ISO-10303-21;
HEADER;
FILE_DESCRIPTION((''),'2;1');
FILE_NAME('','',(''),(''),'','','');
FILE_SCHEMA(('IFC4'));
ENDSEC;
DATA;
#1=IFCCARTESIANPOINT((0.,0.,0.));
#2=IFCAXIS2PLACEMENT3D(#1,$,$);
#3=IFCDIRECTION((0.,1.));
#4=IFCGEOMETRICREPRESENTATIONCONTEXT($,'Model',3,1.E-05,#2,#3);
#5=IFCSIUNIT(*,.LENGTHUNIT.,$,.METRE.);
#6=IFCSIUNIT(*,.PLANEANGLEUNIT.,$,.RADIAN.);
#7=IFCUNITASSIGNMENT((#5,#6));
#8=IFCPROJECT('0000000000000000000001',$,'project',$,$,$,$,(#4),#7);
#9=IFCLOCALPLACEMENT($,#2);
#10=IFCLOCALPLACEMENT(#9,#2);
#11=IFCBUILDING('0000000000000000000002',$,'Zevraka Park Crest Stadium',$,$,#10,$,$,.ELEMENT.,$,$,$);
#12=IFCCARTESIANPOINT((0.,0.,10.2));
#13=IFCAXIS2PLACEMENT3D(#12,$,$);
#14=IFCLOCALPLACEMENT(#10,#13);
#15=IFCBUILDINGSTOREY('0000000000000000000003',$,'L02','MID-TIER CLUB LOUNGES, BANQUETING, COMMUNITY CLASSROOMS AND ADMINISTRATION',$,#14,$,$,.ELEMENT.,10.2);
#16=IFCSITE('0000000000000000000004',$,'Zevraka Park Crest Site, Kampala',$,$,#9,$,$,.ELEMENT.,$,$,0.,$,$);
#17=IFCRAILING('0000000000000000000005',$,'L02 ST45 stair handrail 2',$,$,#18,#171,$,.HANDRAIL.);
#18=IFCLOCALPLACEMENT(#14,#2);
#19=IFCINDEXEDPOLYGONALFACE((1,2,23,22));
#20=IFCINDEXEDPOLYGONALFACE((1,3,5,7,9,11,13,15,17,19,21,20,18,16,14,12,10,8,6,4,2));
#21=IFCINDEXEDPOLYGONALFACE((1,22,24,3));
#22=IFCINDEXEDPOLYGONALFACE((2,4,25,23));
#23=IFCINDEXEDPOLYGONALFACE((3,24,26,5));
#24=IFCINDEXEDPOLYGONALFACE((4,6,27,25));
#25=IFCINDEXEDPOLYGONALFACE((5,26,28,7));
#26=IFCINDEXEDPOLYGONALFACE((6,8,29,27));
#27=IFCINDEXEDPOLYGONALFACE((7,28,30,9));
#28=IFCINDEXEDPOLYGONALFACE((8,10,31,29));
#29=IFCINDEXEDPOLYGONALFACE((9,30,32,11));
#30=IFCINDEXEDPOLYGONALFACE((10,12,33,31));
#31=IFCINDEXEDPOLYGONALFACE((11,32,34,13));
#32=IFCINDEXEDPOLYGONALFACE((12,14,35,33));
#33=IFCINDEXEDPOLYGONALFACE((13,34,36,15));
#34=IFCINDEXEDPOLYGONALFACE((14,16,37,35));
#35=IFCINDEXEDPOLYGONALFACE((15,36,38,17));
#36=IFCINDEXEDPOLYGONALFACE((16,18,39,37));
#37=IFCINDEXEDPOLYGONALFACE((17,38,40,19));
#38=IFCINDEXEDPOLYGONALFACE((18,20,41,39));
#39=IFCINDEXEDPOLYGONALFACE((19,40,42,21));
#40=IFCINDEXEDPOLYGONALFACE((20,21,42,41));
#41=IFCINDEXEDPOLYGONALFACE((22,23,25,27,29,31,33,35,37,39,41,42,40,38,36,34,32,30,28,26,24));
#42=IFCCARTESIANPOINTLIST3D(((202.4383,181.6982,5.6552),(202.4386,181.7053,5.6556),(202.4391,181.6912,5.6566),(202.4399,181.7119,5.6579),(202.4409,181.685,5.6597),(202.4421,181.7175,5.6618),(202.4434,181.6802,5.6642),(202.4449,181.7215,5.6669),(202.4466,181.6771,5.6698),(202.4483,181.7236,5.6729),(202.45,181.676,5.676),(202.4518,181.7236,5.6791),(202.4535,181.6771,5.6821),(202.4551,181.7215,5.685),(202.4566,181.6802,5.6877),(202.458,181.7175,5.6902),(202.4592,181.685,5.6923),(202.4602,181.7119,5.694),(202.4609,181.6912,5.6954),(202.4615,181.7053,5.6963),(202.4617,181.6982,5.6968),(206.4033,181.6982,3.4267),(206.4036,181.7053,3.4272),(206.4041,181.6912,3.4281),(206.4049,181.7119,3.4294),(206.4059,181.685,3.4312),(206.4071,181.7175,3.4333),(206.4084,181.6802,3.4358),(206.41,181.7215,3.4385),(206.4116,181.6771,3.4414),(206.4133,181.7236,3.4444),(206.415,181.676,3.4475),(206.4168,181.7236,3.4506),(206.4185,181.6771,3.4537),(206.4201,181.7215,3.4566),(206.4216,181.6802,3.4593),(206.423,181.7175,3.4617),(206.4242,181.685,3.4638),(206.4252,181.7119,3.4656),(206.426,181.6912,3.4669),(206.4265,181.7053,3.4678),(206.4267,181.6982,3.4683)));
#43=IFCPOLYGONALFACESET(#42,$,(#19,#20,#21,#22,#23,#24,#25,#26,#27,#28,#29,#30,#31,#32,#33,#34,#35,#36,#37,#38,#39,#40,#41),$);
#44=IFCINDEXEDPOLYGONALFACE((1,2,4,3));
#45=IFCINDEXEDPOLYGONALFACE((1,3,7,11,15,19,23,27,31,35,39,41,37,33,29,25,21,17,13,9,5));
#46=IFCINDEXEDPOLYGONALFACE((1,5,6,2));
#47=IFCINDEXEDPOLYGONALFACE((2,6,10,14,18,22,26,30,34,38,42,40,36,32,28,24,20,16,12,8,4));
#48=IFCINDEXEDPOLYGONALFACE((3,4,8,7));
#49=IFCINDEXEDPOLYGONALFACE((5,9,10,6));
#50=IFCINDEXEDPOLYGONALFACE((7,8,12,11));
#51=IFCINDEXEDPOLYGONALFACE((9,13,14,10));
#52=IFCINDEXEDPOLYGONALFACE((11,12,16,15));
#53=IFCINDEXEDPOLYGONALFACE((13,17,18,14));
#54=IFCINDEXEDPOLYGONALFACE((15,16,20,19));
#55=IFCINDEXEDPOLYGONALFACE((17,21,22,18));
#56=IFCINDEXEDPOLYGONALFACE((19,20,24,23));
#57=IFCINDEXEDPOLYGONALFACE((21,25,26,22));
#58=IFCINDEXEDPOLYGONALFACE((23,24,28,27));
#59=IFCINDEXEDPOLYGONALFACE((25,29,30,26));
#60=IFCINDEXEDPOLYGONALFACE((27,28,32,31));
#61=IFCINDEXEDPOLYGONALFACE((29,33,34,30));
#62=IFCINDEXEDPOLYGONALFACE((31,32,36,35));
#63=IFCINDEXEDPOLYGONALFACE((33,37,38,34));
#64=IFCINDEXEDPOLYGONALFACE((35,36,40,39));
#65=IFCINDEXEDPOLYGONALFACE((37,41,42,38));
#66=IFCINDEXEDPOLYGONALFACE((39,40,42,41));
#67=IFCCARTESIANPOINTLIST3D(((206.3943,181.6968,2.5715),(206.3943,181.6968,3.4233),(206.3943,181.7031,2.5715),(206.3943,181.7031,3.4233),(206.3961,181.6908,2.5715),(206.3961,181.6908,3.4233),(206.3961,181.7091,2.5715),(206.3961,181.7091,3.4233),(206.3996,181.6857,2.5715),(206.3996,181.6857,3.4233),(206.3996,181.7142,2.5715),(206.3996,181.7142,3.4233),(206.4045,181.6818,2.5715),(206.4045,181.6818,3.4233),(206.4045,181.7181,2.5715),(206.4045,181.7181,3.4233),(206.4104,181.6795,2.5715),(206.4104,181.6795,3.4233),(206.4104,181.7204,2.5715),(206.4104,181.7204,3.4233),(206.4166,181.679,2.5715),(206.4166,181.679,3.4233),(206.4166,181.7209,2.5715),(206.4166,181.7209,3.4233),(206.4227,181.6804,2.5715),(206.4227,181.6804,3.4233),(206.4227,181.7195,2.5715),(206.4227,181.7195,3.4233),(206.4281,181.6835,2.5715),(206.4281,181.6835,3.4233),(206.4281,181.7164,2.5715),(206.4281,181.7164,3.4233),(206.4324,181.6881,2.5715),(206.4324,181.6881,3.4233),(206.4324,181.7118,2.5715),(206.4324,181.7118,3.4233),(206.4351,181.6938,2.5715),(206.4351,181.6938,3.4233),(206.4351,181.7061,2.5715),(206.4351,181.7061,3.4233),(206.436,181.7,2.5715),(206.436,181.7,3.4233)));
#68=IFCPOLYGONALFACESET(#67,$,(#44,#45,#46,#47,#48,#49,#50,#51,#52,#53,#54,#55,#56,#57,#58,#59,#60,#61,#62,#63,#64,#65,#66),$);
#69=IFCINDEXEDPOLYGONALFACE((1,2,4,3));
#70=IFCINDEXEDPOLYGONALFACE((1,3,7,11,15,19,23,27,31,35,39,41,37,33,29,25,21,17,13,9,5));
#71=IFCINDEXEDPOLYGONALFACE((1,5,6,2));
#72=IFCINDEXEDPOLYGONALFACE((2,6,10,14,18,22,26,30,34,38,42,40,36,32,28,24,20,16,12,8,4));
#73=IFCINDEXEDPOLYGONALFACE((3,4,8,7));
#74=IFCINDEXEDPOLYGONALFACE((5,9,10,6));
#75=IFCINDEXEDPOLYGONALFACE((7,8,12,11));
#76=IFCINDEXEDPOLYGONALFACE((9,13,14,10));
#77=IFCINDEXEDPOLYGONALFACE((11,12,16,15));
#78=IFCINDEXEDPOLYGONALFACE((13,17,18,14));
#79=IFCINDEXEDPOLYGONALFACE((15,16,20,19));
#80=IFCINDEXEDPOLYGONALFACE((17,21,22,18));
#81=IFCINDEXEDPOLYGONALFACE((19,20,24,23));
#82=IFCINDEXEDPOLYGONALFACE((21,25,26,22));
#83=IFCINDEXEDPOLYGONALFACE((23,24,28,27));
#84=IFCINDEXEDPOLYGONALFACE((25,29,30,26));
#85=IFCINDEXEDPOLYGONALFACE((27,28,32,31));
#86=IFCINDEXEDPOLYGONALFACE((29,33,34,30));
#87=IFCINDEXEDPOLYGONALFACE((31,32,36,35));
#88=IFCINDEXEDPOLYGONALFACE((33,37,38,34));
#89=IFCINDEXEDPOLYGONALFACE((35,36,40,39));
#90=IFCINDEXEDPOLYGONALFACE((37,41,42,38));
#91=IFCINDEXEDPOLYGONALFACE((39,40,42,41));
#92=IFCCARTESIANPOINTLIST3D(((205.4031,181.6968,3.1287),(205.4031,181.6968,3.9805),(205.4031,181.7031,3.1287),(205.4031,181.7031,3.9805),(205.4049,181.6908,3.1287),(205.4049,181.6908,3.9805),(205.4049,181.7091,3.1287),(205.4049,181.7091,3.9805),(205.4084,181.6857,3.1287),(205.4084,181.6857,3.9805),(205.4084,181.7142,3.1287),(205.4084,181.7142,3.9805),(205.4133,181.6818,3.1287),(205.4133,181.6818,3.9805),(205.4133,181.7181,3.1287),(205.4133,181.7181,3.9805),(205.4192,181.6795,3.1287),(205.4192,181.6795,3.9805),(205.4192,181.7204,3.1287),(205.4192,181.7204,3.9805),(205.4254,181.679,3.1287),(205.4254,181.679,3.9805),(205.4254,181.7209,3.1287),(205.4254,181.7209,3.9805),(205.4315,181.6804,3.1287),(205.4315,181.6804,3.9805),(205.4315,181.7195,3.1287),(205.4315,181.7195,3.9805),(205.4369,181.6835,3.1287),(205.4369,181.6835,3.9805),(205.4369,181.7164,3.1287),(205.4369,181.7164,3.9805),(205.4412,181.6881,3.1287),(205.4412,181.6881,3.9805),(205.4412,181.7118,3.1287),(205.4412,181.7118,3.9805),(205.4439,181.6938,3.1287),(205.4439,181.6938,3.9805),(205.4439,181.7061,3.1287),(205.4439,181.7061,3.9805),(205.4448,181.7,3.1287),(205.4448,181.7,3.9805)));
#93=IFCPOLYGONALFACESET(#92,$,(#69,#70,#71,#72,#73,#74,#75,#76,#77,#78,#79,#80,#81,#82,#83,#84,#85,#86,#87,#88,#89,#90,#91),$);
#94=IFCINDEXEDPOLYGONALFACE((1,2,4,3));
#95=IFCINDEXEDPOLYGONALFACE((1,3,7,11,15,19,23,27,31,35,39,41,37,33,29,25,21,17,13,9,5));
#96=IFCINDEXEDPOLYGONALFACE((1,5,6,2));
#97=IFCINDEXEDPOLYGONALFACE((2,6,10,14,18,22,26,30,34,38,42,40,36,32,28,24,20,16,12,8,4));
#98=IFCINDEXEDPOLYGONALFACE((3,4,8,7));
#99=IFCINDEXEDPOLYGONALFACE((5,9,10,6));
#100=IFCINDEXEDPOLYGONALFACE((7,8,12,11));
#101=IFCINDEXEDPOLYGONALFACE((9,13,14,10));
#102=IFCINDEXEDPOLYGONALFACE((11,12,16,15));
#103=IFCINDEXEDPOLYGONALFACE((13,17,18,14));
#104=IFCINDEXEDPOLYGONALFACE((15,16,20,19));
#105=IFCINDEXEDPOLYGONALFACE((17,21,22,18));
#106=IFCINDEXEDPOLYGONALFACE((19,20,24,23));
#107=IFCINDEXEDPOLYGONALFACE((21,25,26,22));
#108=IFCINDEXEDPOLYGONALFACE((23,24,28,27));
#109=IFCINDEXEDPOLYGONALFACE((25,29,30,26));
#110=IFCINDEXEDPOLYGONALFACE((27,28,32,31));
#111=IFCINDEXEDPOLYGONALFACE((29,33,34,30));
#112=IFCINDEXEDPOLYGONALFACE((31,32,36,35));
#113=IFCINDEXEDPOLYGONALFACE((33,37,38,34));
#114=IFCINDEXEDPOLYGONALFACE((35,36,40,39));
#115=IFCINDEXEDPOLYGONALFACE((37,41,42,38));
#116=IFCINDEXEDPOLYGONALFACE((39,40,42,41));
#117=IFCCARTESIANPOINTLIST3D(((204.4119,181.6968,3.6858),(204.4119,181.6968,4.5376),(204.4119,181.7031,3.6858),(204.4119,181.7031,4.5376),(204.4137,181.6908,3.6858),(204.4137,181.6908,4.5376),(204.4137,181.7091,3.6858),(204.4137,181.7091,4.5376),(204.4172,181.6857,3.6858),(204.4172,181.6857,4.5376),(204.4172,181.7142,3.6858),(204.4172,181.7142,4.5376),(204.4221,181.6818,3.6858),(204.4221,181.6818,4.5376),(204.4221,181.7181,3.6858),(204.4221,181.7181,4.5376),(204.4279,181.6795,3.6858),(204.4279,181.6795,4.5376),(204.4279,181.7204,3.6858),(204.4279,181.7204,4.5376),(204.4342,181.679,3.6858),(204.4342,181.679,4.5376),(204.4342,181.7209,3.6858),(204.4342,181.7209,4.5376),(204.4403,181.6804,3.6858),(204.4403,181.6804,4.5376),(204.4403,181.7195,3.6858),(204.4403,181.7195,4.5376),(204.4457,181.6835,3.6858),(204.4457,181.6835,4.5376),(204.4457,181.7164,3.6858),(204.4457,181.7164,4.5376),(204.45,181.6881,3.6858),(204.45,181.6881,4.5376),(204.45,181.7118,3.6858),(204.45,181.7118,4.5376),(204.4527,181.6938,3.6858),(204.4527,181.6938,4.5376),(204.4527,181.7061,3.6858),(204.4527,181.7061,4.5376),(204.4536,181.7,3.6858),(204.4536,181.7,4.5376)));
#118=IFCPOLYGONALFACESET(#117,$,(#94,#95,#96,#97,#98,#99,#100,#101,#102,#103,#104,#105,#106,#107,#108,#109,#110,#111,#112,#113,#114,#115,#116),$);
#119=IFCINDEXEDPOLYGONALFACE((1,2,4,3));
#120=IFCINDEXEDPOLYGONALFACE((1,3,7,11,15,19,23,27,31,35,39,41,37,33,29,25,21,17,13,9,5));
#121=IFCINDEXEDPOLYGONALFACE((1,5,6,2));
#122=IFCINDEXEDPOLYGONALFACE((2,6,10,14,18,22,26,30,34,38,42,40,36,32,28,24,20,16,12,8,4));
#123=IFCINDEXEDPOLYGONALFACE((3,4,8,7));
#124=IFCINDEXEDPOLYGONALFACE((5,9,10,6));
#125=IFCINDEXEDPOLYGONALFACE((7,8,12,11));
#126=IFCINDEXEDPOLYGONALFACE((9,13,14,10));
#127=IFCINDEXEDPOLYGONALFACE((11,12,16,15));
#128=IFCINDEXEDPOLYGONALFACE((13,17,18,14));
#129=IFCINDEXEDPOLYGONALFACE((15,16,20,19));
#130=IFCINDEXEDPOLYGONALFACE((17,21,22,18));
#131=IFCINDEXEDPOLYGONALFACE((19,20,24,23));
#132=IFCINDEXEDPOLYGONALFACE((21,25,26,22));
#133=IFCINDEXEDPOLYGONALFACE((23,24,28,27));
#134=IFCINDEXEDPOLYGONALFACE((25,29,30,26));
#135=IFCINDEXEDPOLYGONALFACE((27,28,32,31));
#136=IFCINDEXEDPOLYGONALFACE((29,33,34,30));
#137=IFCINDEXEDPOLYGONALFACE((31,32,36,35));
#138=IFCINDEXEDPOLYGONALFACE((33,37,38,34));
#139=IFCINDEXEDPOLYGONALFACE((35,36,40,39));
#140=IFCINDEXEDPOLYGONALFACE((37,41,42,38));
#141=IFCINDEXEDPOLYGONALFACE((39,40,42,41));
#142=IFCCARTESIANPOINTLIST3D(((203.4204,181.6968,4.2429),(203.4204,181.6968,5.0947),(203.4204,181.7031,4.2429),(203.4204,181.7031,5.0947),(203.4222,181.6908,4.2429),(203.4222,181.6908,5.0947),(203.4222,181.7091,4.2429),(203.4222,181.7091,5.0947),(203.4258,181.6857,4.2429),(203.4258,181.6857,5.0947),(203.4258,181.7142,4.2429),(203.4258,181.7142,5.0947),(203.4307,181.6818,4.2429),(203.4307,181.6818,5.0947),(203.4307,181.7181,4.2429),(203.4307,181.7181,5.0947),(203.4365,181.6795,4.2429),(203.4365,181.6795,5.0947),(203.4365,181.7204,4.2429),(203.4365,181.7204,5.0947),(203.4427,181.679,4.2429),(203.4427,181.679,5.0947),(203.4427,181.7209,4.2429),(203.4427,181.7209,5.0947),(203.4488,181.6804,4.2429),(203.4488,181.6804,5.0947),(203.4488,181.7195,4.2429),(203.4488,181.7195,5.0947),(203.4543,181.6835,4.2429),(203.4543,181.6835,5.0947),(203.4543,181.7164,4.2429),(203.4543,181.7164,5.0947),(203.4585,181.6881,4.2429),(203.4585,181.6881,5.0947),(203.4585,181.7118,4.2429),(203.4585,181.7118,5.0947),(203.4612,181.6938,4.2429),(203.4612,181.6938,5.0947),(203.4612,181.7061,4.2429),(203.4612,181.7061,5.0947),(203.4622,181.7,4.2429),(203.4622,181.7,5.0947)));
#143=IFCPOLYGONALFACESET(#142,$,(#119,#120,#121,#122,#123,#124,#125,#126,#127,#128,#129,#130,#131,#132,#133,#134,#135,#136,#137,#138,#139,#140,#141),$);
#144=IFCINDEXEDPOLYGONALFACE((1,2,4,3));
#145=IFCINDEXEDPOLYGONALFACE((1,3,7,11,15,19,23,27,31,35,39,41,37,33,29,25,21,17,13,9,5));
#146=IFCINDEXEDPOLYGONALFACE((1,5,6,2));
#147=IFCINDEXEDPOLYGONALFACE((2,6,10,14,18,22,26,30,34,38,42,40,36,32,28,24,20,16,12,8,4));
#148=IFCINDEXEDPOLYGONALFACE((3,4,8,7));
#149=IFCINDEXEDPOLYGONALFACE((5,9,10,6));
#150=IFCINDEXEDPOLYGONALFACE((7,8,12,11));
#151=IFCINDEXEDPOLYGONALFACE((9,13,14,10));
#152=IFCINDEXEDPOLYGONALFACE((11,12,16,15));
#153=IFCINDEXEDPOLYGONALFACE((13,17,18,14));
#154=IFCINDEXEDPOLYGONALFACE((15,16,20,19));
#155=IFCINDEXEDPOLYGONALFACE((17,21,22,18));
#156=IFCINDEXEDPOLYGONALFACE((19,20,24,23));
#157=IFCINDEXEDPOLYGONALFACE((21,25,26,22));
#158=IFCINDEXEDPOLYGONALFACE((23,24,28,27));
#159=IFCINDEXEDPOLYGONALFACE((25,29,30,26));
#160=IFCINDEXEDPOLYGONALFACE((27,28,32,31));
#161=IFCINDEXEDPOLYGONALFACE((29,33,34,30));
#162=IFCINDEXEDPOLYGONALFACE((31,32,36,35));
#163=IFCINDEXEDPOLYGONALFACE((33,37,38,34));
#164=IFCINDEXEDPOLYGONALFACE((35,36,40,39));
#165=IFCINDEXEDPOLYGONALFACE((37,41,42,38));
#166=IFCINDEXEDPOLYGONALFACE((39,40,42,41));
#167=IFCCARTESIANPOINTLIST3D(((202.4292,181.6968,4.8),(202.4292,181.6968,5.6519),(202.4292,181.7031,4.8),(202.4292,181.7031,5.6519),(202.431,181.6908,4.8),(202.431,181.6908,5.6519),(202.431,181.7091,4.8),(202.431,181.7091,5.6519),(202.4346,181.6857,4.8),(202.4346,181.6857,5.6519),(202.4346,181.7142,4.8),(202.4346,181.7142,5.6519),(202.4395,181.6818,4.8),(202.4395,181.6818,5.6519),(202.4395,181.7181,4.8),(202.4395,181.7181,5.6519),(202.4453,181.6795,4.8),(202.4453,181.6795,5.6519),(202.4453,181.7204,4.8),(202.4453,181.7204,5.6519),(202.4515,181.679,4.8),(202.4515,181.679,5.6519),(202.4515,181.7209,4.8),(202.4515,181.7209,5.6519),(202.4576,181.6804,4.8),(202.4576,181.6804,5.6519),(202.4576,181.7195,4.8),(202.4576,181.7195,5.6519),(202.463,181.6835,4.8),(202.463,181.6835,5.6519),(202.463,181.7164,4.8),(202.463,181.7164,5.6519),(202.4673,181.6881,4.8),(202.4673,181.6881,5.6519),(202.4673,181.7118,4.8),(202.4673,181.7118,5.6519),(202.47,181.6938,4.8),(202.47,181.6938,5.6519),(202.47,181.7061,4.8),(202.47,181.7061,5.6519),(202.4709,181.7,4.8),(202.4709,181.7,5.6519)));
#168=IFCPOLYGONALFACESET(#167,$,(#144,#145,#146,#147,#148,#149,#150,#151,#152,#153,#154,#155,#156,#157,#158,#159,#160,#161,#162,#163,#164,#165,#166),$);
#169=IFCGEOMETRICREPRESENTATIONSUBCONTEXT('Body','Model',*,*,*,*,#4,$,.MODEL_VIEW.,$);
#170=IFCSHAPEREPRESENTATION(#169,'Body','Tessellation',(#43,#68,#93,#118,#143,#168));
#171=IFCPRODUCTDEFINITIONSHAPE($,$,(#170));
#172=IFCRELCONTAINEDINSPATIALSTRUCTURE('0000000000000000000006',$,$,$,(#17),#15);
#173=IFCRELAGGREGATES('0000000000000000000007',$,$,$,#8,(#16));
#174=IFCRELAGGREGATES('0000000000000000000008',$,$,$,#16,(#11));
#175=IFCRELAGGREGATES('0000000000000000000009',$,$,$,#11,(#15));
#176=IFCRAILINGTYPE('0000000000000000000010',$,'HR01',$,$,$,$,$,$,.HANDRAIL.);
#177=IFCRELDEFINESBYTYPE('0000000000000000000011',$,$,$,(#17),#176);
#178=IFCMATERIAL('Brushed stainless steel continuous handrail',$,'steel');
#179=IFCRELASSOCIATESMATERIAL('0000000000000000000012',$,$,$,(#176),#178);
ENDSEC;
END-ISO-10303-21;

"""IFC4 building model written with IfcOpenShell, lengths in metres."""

from ifc_helpers import new_model, si_unit, direction, frame, origin, origin_2d, place, context, subcontext, project, spatial, circle, extrude, material, type_object, element, save


model = new_model("IFC4")

# Units and contexts
model_context = context("Model", 3, precision=1e-05, world=origin(), true_north=direction((0.0, 1.0)))
body_context = subcontext(model_context, "Body", "Model", "MODEL_VIEW")
ifc_project = project(units=[si_unit("LENGTHUNIT", "METRE"), si_unit("PLANEANGLEUNIT", "RADIAN")], contexts=[model_context])

# Site, building, storey
site_placement = place(None, origin())
site = spatial("IfcSite", under=ifc_project, at=site_placement, Name="Zevraka Park Crest Site, Kampala", CompositionType="ELEMENT", RefElevation=0.0)
building_placement = place(site_placement, origin())
building = spatial("IfcBuilding", under=site, at=building_placement, Name="Zevraka Park Crest Stadium", CompositionType="ELEMENT")
storey_placement = place(building_placement, frame((0.0, 0.0, 10.2)))
storey = spatial("IfcBuildingStorey", under=building, at=storey_placement, Name="L02", Description="MID-TIER CLUB LOUNGES, BANQUETING, COMMUNITY CLASSROOMS AND ADMINISTRATION", CompositionType="ELEMENT", Elevation=10.2)

# Railing
ifc_material_1 = material(Name="Brushed stainless steel continuous handrail", Category="steel")
railing_type_1 = type_object("IfcRailingType", Name="HR01", PredefinedType="HANDRAIL", material=ifc_material_1)
railing_1_placement = place(storey_placement, frame((206.415, 181.7, 2.5715)))
element("IfcRailing", 1, at=railing_1_placement, inside=storey, type_object=railing_type_1, Name="L02 ST45 stair handrail 2", PredefinedType="HANDRAIL", context=body_context, shape_type="SweptSolid", body=[
    extrude(circle(Radius=0.0239, at=origin_2d()), frame((0.0, 0.0, 0.876), z_axis=(-0.871749, 0.0, 0.489953), x_axis=(0.0, -1.0, 0.0)), (0.0, 0.0, 1.0), 4.5483),
    extrude(circle(Radius=0.021, at=origin_2d()), origin(), (0.0, 0.0, 1.0), 0.8518),
    extrude(circle(Radius=0.021, at=origin_2d()), frame((-0.9912, 0.0, 0.5571)), (0.0, 0.0, 1.0), 0.8518),
    extrude(circle(Radius=0.021, at=origin_2d()), frame((-1.9824, 0.0, 1.1143)), (0.0, 0.0, 1.0), 0.8518),
    extrude(circle(Radius=0.021, at=origin_2d()), frame((-2.9739, 0.0, 1.6714)), (0.0, 0.0, 1.0), 0.8518),
    extrude(circle(Radius=0.021, at=origin_2d()), frame((-3.9651, 0.0, 2.2285)), (0.0, 0.0, 1.0), 0.8518),
])

save(model, "model.ifc")
